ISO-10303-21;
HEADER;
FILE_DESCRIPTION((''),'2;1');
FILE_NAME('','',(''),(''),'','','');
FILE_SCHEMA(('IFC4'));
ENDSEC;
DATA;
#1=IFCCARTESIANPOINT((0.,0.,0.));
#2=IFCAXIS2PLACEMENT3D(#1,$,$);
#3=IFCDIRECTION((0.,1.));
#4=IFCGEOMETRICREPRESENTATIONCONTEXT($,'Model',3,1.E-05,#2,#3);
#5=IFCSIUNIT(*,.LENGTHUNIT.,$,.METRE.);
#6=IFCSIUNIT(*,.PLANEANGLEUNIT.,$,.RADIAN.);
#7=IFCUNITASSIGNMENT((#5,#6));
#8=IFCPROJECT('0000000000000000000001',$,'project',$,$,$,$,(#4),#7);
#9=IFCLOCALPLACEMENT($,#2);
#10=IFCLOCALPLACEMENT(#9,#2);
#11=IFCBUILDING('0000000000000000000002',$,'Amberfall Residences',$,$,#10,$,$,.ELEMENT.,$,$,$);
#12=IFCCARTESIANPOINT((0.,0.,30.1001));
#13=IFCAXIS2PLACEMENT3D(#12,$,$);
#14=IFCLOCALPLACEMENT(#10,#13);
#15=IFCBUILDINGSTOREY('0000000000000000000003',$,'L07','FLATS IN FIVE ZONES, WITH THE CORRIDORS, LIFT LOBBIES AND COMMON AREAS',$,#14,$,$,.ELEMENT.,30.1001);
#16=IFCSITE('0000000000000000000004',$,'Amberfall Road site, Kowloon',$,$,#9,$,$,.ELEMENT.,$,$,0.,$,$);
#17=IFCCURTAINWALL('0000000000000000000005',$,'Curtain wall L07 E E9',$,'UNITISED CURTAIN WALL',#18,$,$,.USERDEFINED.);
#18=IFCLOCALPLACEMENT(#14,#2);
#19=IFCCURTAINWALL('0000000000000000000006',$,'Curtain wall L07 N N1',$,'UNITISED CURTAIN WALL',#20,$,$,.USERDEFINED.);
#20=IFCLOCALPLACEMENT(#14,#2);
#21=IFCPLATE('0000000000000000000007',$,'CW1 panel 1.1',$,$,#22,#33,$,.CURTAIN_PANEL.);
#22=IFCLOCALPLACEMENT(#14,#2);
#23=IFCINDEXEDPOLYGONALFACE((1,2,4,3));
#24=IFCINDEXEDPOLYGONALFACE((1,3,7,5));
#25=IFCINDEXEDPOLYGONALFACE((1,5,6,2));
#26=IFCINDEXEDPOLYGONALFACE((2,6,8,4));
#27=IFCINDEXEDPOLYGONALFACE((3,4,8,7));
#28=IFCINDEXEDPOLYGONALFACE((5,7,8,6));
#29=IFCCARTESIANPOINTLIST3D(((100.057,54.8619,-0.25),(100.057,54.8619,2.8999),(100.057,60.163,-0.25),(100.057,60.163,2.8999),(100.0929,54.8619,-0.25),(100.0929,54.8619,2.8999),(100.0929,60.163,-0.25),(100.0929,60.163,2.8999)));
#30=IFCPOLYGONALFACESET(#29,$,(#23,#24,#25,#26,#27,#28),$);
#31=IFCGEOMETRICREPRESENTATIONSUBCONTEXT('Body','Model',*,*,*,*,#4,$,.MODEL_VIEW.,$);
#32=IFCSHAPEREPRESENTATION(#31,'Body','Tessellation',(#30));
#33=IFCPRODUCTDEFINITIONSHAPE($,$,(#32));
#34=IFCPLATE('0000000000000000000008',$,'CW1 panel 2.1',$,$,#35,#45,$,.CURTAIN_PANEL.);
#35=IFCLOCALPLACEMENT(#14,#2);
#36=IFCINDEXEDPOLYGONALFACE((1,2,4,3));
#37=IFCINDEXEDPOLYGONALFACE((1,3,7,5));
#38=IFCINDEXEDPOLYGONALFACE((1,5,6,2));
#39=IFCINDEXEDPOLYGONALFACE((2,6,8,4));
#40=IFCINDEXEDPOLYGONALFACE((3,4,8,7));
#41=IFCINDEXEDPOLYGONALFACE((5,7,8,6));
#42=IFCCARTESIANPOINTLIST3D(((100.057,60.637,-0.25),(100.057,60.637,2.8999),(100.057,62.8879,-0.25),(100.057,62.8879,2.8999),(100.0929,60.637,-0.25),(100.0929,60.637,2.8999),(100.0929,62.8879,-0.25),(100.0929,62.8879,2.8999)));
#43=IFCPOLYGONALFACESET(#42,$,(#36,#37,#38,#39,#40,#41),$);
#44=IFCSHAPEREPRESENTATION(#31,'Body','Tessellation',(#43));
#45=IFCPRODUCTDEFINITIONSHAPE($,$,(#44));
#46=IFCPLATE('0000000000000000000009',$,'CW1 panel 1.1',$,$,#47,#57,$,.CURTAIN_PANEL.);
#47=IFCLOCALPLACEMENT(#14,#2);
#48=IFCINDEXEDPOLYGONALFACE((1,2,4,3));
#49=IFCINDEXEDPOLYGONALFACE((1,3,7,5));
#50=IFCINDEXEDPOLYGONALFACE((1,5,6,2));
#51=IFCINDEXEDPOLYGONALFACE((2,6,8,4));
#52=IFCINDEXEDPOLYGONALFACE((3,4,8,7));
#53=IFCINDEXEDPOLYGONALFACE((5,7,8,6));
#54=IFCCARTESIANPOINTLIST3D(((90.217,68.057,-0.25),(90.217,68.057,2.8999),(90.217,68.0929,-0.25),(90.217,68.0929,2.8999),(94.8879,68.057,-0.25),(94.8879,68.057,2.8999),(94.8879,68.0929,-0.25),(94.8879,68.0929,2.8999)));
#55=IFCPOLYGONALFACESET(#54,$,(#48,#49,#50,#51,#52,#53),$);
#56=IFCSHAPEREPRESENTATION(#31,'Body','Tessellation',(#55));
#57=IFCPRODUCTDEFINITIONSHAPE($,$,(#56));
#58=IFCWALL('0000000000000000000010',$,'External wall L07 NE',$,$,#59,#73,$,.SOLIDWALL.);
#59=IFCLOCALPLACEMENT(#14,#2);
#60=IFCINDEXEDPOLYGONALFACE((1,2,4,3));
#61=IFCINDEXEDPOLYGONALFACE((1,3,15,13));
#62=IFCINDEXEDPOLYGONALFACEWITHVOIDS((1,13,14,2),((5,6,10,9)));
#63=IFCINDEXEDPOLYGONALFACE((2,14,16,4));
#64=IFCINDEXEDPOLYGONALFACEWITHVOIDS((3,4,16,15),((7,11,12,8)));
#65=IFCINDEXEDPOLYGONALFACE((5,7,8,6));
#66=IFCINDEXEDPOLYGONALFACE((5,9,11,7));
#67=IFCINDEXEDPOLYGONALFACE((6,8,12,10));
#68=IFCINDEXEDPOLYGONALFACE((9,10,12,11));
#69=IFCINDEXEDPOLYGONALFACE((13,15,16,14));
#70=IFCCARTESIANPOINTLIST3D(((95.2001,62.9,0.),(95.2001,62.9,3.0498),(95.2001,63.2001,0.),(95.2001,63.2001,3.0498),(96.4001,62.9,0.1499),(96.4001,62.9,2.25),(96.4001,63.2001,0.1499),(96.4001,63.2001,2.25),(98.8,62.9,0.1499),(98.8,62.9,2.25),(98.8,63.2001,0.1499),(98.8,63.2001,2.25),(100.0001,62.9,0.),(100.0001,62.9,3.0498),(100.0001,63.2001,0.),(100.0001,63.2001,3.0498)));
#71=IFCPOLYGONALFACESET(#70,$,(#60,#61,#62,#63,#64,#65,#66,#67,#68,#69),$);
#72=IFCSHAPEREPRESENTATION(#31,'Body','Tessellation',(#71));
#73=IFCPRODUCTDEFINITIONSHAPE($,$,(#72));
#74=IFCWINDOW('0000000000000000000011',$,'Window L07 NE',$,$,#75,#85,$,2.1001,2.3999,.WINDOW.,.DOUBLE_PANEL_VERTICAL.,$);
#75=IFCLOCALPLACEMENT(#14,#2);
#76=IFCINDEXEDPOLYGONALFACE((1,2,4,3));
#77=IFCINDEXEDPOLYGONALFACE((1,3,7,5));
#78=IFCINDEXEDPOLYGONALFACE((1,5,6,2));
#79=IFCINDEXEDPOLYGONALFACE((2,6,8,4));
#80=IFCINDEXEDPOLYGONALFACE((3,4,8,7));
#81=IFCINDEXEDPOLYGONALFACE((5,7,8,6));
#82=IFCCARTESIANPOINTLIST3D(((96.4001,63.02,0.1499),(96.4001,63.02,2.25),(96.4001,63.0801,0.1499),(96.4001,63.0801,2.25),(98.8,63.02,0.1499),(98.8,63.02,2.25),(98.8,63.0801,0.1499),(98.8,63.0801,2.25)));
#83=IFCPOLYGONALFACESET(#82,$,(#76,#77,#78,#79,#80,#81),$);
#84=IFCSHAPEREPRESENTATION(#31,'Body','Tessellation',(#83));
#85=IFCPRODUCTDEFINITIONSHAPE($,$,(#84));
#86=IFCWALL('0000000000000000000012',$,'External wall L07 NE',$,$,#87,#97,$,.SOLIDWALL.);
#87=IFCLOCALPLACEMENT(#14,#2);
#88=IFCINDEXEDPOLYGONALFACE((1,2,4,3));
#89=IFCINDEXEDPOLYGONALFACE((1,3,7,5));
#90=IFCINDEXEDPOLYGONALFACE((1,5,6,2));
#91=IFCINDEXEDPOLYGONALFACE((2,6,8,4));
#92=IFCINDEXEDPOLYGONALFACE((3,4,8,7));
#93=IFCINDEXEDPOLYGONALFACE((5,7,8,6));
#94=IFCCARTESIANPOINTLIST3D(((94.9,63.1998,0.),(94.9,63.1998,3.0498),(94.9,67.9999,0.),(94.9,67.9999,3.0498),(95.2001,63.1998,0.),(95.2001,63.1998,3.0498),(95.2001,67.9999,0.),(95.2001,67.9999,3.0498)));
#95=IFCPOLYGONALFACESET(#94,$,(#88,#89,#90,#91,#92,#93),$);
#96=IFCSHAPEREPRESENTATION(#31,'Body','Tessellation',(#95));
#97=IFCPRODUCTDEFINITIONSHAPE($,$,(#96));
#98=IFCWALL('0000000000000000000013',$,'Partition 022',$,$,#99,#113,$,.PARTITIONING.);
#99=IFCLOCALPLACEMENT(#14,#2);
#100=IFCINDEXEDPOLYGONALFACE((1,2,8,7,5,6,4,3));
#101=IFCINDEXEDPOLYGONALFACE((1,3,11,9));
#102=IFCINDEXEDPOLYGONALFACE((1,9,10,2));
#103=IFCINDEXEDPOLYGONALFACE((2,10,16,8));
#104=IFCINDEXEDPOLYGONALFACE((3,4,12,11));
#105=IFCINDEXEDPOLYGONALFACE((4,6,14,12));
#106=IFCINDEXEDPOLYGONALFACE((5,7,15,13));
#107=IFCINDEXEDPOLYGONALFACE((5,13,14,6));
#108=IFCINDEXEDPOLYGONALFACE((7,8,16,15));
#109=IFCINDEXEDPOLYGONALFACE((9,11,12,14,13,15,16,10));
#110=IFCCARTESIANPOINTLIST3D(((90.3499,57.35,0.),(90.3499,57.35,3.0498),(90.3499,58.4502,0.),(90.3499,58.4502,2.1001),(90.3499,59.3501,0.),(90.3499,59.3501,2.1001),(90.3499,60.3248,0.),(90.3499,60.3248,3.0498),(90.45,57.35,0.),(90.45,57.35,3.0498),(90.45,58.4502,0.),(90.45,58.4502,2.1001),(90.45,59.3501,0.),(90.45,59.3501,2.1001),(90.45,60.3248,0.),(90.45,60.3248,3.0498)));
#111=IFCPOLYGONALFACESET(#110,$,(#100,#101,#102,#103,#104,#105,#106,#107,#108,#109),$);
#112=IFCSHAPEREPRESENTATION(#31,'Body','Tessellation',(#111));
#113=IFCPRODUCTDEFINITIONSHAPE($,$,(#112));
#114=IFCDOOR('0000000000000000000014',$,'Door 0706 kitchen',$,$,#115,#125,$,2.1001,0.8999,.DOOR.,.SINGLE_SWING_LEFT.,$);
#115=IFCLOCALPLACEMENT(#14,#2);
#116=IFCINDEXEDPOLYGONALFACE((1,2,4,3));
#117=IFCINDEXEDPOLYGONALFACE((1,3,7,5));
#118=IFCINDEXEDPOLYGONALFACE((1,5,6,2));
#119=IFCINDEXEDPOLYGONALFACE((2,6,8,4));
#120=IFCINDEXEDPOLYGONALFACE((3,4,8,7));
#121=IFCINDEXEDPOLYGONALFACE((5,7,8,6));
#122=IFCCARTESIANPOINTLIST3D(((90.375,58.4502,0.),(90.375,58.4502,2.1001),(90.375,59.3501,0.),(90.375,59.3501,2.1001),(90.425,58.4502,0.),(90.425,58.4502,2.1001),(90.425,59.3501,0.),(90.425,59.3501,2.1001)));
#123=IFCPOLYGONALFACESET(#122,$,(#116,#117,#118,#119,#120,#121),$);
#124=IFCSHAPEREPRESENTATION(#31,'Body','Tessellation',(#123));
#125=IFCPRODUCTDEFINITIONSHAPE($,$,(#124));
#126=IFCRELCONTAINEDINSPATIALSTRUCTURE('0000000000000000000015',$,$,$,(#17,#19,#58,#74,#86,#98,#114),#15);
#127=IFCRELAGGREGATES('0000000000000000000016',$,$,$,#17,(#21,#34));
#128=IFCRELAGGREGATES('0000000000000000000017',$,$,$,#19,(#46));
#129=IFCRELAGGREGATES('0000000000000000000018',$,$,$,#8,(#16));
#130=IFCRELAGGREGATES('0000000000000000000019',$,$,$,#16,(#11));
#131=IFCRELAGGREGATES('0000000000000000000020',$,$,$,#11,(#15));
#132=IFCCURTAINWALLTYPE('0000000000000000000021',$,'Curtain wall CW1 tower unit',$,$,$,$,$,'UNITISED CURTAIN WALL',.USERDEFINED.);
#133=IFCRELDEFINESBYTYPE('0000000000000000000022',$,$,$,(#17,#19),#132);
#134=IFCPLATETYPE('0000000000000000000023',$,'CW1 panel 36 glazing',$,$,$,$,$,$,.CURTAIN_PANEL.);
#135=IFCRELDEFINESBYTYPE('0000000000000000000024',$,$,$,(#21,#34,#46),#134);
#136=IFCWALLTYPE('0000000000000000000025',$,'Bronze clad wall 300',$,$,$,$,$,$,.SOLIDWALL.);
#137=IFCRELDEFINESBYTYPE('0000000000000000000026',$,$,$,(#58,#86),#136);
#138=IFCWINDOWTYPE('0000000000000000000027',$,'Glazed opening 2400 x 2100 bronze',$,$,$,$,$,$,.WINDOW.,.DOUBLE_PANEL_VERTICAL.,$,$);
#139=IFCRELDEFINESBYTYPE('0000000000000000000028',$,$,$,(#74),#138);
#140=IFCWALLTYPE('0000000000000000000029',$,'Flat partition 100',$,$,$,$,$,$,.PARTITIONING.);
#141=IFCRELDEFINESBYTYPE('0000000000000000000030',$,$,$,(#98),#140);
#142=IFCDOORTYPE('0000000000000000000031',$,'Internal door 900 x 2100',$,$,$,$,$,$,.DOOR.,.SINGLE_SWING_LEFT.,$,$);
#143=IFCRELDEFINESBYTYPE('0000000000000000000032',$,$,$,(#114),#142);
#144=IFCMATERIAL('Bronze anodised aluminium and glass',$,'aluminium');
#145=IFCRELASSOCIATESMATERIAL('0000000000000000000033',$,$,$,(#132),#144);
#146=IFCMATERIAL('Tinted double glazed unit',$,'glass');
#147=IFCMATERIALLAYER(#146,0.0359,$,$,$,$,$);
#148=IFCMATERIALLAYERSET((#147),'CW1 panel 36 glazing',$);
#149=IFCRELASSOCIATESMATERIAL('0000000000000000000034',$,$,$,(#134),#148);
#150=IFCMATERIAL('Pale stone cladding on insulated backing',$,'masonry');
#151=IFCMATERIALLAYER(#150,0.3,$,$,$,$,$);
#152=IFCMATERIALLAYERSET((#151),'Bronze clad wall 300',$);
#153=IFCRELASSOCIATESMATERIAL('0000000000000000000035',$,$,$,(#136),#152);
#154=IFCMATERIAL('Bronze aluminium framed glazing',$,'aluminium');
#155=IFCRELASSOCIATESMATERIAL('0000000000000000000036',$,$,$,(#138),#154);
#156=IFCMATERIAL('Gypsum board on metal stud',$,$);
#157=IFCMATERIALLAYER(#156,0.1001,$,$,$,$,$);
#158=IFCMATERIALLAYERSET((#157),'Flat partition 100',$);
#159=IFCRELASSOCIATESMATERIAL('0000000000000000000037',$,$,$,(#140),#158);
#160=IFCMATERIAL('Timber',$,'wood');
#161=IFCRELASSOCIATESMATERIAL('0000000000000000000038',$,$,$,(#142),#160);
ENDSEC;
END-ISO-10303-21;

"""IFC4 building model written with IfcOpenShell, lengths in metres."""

from ifc_helpers import new_model, si_unit, direction, frame, frame_2d, origin, origin_2d, place, context, subcontext, project, spatial, rectangle, extrude, material, layer, layer_set, type_object, element, fill, aggregate, save


model = new_model("IFC4")

# Units and contexts
model_context = context("Model", 3, precision=1e-05, world=origin(), true_north=direction((0.0, 1.0)))
body_context = subcontext(model_context, "Body", "Model", "MODEL_VIEW")
ifc_project = project(units=[si_unit("LENGTHUNIT", "METRE"), si_unit("PLANEANGLEUNIT", "RADIAN")], contexts=[model_context])

# Site, building, storey
site_placement = place(None, origin())
site = spatial("IfcSite", under=ifc_project, at=site_placement, Name="Amberfall Road site, Kowloon", CompositionType="ELEMENT", RefElevation=0.0)
building_placement = place(site_placement, origin())
building = spatial("IfcBuilding", under=site, at=building_placement, Name="Amberfall Residences", CompositionType="ELEMENT")
storey_placement = place(building_placement, frame((0.0, 0.0, 30.1001)))
storey = spatial("IfcBuildingStorey", under=building, at=storey_placement, Name="L07", Description="FLATS IN FIVE ZONES, WITH THE CORRIDORS, LIFT LOBBIES AND COMMON AREAS", CompositionType="ELEMENT", Elevation=30.1001)

# Curtain walls
ifc_material_1 = material(Name="Bronze anodised aluminium and glass", Category="aluminium")
curtain_wall_type = type_object("IfcCurtainWallType", Name="Curtain wall CW1 tower unit", ElementType="UNITISED CURTAIN WALL", PredefinedType="USERDEFINED", material=ifc_material_1)
curtain_wall_1_placement = place(storey_placement, origin())
curtain_wall_1 = element("IfcCurtainWall", 1, at=curtain_wall_1_placement, inside=storey, type_object=curtain_wall_type, Name="Curtain wall L07 E E9", ObjectType="UNITISED CURTAIN WALL", PredefinedType="USERDEFINED")
curtain_wall_2_placement = place(storey_placement, origin())
curtain_wall_2 = element("IfcCurtainWall", 2, at=curtain_wall_2_placement, inside=storey, type_object=curtain_wall_type, Name="Curtain wall L07 N N1", ObjectType="UNITISED CURTAIN WALL", PredefinedType="USERDEFINED")

# Plates
ifc_material_2 = material(Name="Tinted double glazed unit", Category="glass")
ifc_layer_1 = layer(ifc_material_2, 0.0359)
ifc_layer_set_1 = layer_set([ifc_layer_1], Name="CW1 panel 36 glazing")
plate_type = type_object("IfcPlateType", Name="CW1 panel 36 glazing", PredefinedType="CURTAIN_PANEL", material=ifc_layer_set_1)
plate_1_placement = place(storey_placement, frame((100.075, 57.5125, -0.25), z_axis=(0.0, 0.0, 1.0), x_axis=(0.0, 1.0, 0.0)))
plate_1 = element("IfcPlate", 3, at=plate_1_placement, type_object=plate_type, Name="CW1 panel 1.1", PredefinedType="CURTAIN_PANEL", context=body_context, shape_type="SweptSolid", body=[
    extrude(rectangle(XDim=5.301, YDim=0.0359, at=origin_2d()), origin(), (0.0, 0.0, 1.0), 3.1499),
])
plate_2_placement = place(storey_placement, frame((100.075, 61.7625, -0.25), z_axis=(0.0, 0.0, 1.0), x_axis=(0.0, 1.0, 0.0)))
plate_2 = element("IfcPlate", 4, at=plate_2_placement, type_object=plate_type, Name="CW1 panel 2.1", PredefinedType="CURTAIN_PANEL", context=body_context, shape_type="SweptSolid", body=[
    extrude(rectangle(XDim=2.251, YDim=0.0359, at=origin_2d()), origin(), (0.0, 0.0, 1.0), 3.1499),
])
aggregate(curtain_wall_1, [plate_1, plate_2])
plate_3_placement = place(storey_placement, frame((92.5525, 68.075, -0.25), z_axis=(0.0, 0.0, 1.0), x_axis=(-1.0, 0.0, 0.0)))
plate_3 = element("IfcPlate", 5, at=plate_3_placement, type_object=plate_type, Name="CW1 panel 1.1", PredefinedType="CURTAIN_PANEL", context=body_context, shape_type="SweptSolid", body=[
    extrude(rectangle(XDim=4.6709, YDim=0.0359, at=origin_2d()), origin(), (0.0, 0.0, 1.0), 3.1499),
])
aggregate(curtain_wall_2, [plate_3])

# Wall, opening, window
ifc_material_3 = material(Name="Pale stone cladding on insulated backing", Category="masonry")
ifc_layer_2 = layer(ifc_material_3, 0.3)
ifc_layer_set_2 = layer_set([ifc_layer_2], Name="Bronze clad wall 300")
wall_type_1 = type_object("IfcWallType", Name="Bronze clad wall 300", PredefinedType="SOLIDWALL", material=ifc_layer_set_2)
wall_1_placement = place(storey_placement, frame((100.0, 63.05, 0.0), z_axis=(0.0, 0.0, 1.0), x_axis=(-1.0, 0.0, 0.0)))
wall_1 = element("IfcWall", 6, at=wall_1_placement, inside=storey, type_object=wall_type_1, Name="External wall L07 NE", PredefinedType="SOLIDWALL", context=body_context, shape_type="SweptSolid", body=[
    extrude(rectangle(XDim=4.8, YDim=0.3, at=frame_2d((2.3999, 0.0))), origin(), (0.0, 0.0, 1.0), 3.0498),
])
opening_1_placement = place(wall_1_placement, frame((1.2, 0.0, 0.1499)))
opening_1 = element("IfcOpeningElement", 7, at=opening_1_placement, cuts=wall_1, PredefinedType="OPENING", context=body_context, shape_type="SweptSolid", body=[
    extrude(rectangle(XDim=2.3999, YDim=2.1001, at=frame_2d((1.2, 1.05))), frame((0.0, 0.1599, 0.0), z_axis=(0.0, -1.0, 0.0), x_axis=(1.0, 0.0, 0.0)), (0.0, 0.0, 1.0), 0.3201),
])
ifc_material_4 = material(Name="Bronze aluminium framed glazing", Category="aluminium")
window_type = type_object("IfcWindowType", Name="Glazed opening 2400 x 2100 bronze", PartitioningType="DOUBLE_PANEL_VERTICAL", PredefinedType="WINDOW", material=ifc_material_4)
window_placement = place(opening_1_placement, origin())
window = element("IfcWindow", 8, at=window_placement, inside=storey, type_object=window_type, Name="Window L07 NE", OverallHeight=2.1001, OverallWidth=2.3999, PartitioningType="DOUBLE_PANEL_VERTICAL", PredefinedType="WINDOW", context=body_context, shape_type="SweptSolid", body=[
    extrude(rectangle(XDim=2.3999, YDim=2.1001, at=frame_2d((1.2, 1.05))), frame((0.0, 0.03, 0.0), z_axis=(0.0, -1.0, 0.0), x_axis=(1.0, 0.0, 0.0)), (0.0, 0.0, 1.0), 0.0601),
])
fill(opening_1, window)

# Wall
wall_2_placement = place(storey_placement, frame((95.05, 63.2, 0.0), z_axis=(0.0, 0.0, 1.0), x_axis=(0.0, 1.0, 0.0)))
element("IfcWall", 9, at=wall_2_placement, inside=storey, type_object=wall_type_1, Name="External wall L07 NE", PredefinedType="SOLIDWALL", context=body_context, shape_type="SweptSolid", body=[
    extrude(rectangle(XDim=4.8, YDim=0.3, at=frame_2d((2.3999, 0.0))), origin(), (0.0, 0.0, 1.0), 3.0498),
])

# Wall, opening, door
ifc_material_5 = material(Name="Gypsum board on metal stud")
ifc_layer_3 = layer(ifc_material_5, 0.1001)
ifc_layer_set_3 = layer_set([ifc_layer_3], Name="Flat partition 100")
wall_type_2 = type_object("IfcWallType", Name="Flat partition 100", PredefinedType="PARTITIONING", material=ifc_layer_set_3)
wall_3_placement = place(storey_placement, frame((90.3999, 57.3501, 0.0), z_axis=(0.0, 0.0, 1.0), x_axis=(0.0, 1.0, 0.0)))
wall_3 = element("IfcWall", 10, at=wall_3_placement, inside=storey, type_object=wall_type_2, Name="Partition 022", PredefinedType="PARTITIONING", context=body_context, shape_type="SweptSolid", body=[
    extrude(rectangle(XDim=2.9749, YDim=0.1001, at=frame_2d((1.4873, 0.0))), origin(), (0.0, 0.0, 1.0), 3.0498),
])
opening_2_placement = place(wall_3_placement, frame((1.1001, 0.0, 0.0)))
opening_2 = element("IfcOpeningElement", 11, at=opening_2_placement, cuts=wall_3, PredefinedType="OPENING", context=body_context, shape_type="SweptSolid", body=[
    extrude(rectangle(XDim=0.8999, YDim=2.1001, at=frame_2d((0.45, 1.05))), frame((0.0, 0.0601, 0.0), z_axis=(0.0, -1.0, 0.0), x_axis=(1.0, 0.0, 0.0)), (0.0, 0.0, 1.0), 0.1201),
])
ifc_material_6 = material(Name="Timber", Category="wood")
door_type = type_object("IfcDoorType", Name="Internal door 900 x 2100", OperationType="SINGLE_SWING_LEFT", PredefinedType="DOOR", material=ifc_material_6)
door_placement = place(opening_2_placement, origin())
door = element("IfcDoor", 12, at=door_placement, inside=storey, type_object=door_type, Name="Door 0706 kitchen", OperationType="SINGLE_SWING_LEFT", OverallHeight=2.1001, OverallWidth=0.8999, PredefinedType="DOOR", context=body_context, shape_type="SweptSolid", body=[
    extrude(rectangle(XDim=0.8999, YDim=2.1001, at=frame_2d((0.45, 1.05))), frame((0.0, 0.0249, 0.0), z_axis=(0.0, -1.0, 0.0), x_axis=(1.0, 0.0, 0.0)), (0.0, 0.0, 1.0), 0.05),
])
fill(opening_2, door)

save(model, "model.ifc")
